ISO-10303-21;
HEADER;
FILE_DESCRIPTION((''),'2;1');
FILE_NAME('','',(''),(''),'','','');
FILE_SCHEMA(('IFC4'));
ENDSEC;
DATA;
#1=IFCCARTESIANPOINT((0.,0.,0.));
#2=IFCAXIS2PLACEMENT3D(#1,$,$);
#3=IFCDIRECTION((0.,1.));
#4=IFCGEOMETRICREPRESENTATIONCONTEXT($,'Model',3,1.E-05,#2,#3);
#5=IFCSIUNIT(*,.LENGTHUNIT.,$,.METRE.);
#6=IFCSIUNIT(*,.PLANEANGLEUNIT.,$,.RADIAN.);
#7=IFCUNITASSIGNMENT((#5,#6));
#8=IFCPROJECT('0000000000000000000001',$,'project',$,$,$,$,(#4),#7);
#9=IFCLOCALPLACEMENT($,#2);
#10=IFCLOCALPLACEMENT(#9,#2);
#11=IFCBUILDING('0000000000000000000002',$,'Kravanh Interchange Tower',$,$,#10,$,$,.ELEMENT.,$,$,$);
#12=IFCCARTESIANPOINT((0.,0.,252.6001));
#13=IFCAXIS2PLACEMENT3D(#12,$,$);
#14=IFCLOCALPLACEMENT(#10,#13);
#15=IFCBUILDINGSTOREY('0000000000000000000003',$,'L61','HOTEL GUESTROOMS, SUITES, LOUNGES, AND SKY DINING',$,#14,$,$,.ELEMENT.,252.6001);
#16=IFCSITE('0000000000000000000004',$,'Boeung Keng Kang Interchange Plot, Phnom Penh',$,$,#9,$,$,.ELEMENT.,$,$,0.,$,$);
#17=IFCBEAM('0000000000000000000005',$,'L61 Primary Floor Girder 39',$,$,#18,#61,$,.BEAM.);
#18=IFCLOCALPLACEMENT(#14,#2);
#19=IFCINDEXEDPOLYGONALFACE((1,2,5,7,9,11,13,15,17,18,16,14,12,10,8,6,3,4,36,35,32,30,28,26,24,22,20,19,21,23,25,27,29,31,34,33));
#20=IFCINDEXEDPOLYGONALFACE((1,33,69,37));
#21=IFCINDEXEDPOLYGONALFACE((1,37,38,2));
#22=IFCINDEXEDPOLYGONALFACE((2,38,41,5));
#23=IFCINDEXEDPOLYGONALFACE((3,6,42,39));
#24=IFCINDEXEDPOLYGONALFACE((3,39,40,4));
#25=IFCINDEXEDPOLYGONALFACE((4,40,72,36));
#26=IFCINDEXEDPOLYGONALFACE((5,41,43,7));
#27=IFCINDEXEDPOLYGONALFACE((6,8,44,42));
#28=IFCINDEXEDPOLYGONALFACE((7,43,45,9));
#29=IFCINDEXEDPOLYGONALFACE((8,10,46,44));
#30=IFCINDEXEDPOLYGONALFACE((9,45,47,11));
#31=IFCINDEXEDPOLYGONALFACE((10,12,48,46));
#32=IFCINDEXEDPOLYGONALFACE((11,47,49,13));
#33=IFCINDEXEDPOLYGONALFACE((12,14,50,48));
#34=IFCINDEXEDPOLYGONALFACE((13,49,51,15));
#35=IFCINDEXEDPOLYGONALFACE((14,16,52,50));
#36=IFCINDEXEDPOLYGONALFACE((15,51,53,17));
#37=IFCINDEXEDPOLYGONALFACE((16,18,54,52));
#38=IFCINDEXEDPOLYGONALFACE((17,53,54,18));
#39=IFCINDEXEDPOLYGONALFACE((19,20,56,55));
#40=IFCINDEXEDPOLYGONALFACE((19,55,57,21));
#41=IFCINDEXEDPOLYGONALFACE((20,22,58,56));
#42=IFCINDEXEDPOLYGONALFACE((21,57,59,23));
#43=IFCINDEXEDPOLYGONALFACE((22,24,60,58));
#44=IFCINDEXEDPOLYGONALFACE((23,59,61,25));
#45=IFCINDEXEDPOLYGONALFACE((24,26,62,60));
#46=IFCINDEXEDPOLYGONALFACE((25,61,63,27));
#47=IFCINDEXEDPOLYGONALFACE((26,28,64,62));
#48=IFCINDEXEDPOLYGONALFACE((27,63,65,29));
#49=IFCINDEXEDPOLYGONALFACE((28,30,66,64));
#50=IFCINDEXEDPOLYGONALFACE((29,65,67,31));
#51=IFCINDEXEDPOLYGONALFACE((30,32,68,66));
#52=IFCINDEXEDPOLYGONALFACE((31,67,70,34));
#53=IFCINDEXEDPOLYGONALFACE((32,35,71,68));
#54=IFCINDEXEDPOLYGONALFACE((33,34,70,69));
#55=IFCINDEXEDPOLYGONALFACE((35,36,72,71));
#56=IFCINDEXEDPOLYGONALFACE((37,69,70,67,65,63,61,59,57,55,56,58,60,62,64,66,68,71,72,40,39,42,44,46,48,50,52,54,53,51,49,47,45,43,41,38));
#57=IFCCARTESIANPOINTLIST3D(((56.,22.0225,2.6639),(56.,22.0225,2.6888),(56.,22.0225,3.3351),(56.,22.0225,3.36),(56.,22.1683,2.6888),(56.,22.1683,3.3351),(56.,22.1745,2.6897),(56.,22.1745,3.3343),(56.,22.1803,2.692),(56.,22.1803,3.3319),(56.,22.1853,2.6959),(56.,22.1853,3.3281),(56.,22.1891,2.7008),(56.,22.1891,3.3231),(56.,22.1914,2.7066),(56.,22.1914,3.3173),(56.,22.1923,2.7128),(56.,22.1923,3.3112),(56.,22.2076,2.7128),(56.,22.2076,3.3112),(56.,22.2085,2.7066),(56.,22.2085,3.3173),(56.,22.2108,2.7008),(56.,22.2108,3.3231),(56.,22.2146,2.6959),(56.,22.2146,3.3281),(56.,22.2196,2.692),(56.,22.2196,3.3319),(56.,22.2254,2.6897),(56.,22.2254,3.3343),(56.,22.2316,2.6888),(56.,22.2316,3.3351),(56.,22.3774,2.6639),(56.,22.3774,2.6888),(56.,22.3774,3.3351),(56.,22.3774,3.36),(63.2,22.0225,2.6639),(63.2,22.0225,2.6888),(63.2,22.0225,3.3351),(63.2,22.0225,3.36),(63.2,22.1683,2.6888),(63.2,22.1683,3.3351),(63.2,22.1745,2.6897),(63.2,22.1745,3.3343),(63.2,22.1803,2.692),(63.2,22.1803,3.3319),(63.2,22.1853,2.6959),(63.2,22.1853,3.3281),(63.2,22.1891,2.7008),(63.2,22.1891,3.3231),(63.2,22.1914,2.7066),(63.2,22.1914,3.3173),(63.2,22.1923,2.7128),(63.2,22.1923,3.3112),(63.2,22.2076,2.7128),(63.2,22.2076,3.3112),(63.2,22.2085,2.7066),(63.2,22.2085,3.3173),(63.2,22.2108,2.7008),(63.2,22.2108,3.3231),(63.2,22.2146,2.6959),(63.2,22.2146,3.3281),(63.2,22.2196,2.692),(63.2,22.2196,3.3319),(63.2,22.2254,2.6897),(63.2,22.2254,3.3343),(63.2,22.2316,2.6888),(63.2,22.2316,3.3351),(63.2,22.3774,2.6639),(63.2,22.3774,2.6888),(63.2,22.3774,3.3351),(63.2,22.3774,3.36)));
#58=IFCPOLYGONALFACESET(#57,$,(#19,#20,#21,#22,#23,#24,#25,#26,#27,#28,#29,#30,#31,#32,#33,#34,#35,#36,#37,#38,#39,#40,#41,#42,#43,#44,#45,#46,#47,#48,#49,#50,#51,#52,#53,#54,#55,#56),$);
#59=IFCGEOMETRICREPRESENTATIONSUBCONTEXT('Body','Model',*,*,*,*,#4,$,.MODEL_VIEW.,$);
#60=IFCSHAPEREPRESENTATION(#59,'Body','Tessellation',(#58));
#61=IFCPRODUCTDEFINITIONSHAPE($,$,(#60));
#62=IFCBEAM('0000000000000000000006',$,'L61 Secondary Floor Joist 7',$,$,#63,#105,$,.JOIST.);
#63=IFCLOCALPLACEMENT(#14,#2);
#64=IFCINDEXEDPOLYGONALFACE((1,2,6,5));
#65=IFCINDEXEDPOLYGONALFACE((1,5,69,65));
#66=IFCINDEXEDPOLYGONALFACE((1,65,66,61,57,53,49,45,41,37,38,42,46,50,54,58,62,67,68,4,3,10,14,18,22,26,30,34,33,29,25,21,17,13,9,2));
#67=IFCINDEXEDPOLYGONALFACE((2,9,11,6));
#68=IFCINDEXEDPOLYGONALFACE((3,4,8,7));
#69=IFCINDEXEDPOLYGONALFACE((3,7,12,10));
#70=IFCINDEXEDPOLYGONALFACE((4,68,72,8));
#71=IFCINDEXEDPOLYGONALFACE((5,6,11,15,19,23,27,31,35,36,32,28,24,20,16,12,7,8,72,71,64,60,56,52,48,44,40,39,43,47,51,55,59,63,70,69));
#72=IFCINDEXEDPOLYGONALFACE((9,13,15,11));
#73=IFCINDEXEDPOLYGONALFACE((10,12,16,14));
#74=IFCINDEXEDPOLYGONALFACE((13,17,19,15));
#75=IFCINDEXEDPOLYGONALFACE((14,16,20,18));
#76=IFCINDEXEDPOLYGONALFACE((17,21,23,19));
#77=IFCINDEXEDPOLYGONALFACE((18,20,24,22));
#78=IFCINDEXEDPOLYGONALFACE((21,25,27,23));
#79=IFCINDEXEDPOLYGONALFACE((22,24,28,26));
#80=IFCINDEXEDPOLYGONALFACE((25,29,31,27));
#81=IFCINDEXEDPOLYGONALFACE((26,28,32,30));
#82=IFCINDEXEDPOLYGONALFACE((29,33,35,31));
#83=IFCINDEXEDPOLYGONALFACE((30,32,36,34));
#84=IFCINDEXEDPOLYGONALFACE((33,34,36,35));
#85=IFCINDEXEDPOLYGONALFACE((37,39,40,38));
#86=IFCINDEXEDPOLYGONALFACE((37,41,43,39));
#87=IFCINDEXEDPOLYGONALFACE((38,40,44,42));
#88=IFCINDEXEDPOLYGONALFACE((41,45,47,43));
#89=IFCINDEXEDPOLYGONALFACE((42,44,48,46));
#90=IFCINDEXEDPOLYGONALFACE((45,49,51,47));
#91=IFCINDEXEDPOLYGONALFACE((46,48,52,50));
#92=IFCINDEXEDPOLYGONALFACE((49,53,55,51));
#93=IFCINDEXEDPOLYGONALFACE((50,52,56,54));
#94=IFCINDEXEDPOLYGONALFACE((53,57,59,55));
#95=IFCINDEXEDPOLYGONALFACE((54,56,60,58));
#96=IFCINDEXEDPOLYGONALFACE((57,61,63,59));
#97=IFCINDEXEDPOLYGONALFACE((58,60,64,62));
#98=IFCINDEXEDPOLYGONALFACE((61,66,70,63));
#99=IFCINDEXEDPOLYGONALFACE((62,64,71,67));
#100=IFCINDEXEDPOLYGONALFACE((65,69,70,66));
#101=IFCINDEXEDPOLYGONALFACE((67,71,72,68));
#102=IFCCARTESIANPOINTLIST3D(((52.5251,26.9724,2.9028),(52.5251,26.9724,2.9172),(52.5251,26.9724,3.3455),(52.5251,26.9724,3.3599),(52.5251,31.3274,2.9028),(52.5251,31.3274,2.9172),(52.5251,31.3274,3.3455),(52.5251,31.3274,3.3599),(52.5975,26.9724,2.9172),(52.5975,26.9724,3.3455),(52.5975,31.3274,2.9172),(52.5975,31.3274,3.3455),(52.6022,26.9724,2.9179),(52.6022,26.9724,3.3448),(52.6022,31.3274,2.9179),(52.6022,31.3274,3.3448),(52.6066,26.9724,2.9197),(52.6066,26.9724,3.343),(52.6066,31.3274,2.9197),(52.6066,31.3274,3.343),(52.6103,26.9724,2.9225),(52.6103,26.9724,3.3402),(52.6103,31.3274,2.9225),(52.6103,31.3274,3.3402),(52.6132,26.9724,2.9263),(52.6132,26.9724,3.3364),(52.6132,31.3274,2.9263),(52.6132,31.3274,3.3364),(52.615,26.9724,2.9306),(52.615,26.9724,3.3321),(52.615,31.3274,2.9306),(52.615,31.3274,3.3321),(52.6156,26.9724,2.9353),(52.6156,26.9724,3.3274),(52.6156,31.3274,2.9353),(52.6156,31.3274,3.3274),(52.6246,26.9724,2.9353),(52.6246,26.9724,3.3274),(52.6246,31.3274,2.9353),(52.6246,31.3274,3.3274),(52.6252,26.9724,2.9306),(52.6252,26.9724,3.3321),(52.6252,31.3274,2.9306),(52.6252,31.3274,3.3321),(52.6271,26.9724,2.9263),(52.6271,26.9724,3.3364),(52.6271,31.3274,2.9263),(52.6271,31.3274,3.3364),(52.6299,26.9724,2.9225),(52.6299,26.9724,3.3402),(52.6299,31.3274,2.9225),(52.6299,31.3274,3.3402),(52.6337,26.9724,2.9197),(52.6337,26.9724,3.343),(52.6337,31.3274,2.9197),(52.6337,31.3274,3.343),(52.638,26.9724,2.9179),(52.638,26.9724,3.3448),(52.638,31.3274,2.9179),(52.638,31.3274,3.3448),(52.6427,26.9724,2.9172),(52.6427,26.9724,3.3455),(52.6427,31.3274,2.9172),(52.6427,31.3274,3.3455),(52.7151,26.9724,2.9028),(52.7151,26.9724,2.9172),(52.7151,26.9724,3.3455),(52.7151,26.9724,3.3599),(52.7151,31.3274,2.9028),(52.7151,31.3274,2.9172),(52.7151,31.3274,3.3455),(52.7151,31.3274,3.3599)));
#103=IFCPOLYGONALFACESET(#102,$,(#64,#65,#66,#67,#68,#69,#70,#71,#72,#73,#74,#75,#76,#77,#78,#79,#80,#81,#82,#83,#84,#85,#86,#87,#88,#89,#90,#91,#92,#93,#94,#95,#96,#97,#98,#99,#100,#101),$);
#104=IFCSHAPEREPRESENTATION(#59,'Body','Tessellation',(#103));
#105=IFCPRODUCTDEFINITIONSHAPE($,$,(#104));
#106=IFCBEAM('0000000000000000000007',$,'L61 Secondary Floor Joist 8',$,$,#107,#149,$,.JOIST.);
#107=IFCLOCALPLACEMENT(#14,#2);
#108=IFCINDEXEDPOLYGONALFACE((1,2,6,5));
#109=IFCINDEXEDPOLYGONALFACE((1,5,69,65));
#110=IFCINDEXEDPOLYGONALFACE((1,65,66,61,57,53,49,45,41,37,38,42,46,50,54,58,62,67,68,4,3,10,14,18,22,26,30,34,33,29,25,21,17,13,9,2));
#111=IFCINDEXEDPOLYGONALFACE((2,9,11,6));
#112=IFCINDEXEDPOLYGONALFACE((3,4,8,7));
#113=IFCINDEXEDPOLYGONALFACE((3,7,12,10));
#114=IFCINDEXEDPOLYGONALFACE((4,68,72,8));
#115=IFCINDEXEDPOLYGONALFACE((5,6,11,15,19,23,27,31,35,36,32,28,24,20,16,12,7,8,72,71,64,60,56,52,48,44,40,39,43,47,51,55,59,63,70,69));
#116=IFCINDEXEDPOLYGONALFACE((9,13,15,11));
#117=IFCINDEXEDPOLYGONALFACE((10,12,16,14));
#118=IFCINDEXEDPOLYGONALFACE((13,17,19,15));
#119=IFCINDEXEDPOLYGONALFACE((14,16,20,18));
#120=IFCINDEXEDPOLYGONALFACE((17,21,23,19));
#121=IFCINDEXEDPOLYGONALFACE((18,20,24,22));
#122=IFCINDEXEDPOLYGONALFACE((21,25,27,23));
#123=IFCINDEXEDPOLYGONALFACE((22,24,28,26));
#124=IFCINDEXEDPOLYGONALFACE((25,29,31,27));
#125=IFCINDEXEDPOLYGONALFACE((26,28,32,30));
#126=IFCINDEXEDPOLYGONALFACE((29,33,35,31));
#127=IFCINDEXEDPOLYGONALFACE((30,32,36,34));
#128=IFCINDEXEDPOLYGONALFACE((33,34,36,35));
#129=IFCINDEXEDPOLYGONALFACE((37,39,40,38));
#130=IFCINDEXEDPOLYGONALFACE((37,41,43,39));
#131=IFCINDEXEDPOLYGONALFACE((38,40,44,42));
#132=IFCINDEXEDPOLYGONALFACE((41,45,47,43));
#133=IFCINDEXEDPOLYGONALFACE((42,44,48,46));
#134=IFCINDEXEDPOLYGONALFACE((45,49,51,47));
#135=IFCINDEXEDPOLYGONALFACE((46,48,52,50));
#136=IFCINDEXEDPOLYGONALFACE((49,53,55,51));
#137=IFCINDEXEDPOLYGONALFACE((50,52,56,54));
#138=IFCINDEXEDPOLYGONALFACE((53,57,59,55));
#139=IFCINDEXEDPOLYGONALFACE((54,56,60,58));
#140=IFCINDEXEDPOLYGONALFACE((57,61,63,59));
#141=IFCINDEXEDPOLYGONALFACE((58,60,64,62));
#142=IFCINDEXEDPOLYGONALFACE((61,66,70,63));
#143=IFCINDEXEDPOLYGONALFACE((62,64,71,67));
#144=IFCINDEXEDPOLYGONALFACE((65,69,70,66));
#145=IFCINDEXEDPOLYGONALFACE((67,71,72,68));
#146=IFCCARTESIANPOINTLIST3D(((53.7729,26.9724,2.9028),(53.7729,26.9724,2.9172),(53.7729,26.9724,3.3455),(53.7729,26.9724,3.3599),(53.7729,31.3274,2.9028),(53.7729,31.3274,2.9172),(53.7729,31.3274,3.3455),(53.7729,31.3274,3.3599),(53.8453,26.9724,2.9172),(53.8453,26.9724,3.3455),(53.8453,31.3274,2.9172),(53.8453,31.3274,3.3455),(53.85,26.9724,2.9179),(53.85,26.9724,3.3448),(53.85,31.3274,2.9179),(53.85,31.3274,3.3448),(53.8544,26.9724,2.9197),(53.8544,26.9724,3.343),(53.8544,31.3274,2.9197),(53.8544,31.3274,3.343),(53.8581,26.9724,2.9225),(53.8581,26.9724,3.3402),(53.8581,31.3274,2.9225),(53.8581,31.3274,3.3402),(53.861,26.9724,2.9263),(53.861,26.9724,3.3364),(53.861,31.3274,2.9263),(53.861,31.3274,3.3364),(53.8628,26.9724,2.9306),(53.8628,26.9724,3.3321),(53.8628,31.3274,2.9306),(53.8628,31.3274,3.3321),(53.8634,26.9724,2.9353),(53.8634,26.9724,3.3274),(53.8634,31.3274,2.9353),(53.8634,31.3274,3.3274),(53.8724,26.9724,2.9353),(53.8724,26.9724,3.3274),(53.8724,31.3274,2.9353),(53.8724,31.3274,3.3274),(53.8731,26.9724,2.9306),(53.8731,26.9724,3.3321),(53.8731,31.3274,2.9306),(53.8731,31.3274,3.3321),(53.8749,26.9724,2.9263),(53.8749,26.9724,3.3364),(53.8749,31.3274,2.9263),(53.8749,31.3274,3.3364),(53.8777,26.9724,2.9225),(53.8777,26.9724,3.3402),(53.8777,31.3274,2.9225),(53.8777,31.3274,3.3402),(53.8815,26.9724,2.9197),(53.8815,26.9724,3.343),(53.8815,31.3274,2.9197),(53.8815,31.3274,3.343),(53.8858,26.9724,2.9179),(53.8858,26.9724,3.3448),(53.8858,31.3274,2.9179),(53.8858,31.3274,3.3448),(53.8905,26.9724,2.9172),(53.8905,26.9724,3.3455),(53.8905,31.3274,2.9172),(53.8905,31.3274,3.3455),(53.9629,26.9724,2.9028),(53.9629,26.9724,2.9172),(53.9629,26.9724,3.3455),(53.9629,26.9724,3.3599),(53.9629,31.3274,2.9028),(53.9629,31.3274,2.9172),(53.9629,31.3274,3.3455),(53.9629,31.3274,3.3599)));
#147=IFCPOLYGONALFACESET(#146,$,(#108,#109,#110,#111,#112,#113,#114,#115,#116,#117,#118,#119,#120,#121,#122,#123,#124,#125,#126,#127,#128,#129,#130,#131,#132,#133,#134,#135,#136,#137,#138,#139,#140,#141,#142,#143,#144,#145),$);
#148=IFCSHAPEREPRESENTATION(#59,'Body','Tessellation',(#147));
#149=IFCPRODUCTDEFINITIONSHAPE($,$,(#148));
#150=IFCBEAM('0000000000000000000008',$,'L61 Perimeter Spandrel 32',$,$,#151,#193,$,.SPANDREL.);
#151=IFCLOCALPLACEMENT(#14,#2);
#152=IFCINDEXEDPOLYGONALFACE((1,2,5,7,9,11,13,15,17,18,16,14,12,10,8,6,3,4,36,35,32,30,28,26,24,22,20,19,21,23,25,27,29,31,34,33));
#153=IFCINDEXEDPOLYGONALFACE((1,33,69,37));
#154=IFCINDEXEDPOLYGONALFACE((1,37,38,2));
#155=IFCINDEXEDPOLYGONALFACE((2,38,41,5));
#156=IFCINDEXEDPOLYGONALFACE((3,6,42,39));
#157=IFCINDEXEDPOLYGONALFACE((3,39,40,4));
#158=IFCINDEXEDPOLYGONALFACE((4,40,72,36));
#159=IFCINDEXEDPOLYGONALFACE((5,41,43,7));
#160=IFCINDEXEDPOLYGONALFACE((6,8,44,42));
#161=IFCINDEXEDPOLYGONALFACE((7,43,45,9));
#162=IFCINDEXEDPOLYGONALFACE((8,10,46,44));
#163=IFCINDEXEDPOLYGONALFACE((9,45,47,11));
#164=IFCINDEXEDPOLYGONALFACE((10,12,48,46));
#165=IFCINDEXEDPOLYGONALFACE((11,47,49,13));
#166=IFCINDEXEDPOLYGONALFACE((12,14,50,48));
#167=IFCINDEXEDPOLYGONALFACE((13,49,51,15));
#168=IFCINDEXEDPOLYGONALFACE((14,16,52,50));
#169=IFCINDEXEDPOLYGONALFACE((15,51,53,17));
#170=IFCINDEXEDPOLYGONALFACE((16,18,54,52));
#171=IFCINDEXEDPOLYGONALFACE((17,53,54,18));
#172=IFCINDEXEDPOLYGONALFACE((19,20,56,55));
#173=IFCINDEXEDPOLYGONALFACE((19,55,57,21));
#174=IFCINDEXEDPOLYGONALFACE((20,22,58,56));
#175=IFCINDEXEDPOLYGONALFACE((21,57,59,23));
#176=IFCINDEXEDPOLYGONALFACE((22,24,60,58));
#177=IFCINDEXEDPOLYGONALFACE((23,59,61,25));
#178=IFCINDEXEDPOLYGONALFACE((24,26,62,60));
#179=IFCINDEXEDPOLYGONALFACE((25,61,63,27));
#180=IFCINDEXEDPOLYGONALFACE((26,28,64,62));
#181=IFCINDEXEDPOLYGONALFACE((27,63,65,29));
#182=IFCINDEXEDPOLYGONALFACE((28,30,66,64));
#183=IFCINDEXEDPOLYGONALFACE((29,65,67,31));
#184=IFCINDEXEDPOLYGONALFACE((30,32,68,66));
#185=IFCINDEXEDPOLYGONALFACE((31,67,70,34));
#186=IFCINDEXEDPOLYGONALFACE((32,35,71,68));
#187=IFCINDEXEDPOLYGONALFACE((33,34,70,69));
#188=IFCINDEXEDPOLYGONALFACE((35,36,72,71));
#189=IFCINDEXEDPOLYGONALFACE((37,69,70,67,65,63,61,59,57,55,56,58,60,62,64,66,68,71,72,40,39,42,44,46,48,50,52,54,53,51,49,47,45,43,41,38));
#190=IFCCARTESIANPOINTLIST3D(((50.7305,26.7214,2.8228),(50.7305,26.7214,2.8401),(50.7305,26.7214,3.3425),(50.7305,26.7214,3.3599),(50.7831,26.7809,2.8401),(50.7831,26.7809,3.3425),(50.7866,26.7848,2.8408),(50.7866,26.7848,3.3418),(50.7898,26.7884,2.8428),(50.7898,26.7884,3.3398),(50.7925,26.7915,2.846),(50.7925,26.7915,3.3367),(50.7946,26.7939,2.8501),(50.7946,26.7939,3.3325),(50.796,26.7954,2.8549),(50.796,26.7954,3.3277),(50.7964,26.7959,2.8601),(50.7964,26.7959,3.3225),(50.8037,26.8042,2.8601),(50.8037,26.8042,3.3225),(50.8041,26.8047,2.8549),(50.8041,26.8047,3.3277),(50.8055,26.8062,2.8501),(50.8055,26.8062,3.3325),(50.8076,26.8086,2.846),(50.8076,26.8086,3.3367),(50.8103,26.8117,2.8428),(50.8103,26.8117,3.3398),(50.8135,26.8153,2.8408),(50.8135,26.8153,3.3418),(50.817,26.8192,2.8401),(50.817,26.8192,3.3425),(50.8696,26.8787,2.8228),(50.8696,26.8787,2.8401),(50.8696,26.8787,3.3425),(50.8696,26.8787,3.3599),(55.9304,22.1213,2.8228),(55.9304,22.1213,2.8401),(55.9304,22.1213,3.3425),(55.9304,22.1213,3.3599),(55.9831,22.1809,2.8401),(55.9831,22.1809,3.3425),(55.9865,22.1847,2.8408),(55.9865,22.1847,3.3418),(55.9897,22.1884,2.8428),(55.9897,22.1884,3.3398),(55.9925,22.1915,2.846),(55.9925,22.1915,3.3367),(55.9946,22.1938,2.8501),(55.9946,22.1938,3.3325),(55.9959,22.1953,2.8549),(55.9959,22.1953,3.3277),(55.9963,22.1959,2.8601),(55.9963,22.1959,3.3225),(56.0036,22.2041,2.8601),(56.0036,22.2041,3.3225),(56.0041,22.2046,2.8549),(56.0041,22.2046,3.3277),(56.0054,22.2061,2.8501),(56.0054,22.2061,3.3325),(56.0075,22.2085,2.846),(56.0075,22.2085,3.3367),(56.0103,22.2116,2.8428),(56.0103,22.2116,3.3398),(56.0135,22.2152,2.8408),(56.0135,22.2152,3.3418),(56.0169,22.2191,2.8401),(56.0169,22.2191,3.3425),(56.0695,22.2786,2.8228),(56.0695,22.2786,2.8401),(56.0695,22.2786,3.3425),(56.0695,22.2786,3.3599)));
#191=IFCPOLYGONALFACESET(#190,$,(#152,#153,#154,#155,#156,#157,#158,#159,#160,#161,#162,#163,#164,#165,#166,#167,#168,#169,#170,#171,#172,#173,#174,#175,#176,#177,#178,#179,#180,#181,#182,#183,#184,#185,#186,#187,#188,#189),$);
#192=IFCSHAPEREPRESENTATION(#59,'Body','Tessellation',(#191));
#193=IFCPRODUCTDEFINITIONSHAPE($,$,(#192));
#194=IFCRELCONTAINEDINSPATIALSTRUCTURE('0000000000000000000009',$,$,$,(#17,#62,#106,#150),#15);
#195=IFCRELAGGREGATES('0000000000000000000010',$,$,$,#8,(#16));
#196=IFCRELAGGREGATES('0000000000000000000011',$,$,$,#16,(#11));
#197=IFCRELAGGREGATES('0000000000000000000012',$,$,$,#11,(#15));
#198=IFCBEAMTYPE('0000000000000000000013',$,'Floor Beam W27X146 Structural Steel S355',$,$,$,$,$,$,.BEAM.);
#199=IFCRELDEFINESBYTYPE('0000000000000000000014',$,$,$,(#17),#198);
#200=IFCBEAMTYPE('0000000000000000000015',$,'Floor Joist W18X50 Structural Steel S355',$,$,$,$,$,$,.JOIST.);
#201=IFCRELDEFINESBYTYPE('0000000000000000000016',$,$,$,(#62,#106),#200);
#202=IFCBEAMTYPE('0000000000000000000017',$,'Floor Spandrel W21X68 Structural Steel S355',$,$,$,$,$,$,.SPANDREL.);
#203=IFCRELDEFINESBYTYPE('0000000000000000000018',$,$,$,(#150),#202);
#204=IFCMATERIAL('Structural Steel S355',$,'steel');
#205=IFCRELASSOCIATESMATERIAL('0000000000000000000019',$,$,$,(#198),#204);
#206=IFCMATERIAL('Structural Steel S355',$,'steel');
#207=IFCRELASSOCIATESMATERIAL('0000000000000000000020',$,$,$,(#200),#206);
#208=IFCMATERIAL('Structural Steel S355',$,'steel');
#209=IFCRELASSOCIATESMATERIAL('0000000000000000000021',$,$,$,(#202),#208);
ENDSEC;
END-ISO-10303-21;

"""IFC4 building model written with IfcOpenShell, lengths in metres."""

from ifc_helpers import new_model, si_unit, direction, frame, origin, origin_2d, place, context, subcontext, project, spatial, i_section, extrude, material, material_profile, profile_set, type_object, element, save


model = new_model("IFC4")

# Units and contexts
model_context = context("Model", 3, precision=1e-05, world=origin(), true_north=direction((0.0, 1.0)))
body_context = subcontext(model_context, "Body", "Model", "MODEL_VIEW")
ifc_project = project(units=[si_unit("LENGTHUNIT", "METRE"), si_unit("PLANEANGLEUNIT", "RADIAN")], contexts=[model_context])

# Site, building, storey
site_placement = place(None, origin())
site = spatial("IfcSite", under=ifc_project, at=site_placement, Name="Boeung Keng Kang Interchange Plot, Phnom Penh", CompositionType="ELEMENT", RefElevation=0.0)
building_placement = place(site_placement, origin())
building = spatial("IfcBuilding", under=site, at=building_placement, Name="Kravanh Interchange Tower", CompositionType="ELEMENT")
storey_placement = place(building_placement, frame((0.0, 0.0, 252.6001)))
storey = spatial("IfcBuildingStorey", under=building, at=storey_placement, Name="L61", Description="HOTEL GUESTROOMS, SUITES, LOUNGES, AND SKY DINING", CompositionType="ELEMENT", Elevation=252.6001)

# Beams
ifc_material_1 = material(Name="Structural Steel S355", Category="steel")
ifc_material_profile_1 = material_profile(ifc_material_1, i_section(OverallWidth=0.355, OverallDepth=0.696, WebThickness=0.0154, FlangeThickness=0.0249, FilletRadius=0.0239, at=origin_2d()), Name="W27X146")
ifc_profile_set_1 = profile_set([ifc_material_profile_1], Name="Structural Steel S355")
beam_type_1 = type_object("IfcBeamType", Name="Floor Beam W27X146 Structural Steel S355", PredefinedType="BEAM", material=ifc_profile_set_1)
beam_1_placement = place(storey_placement, frame((56.0, 22.2, 3.012), z_axis=(1.0, 0.0, 0.0), x_axis=(0.0, 1.0, 0.0)))
element("IfcBeam", 1, at=beam_1_placement, inside=storey, type_object=beam_type_1, Name="L61 Primary Floor Girder 39", PredefinedType="BEAM", context=body_context, shape_type="SweptSolid", body=[
    extrude(i_section(OverallWidth=0.355, OverallDepth=0.696, WebThickness=0.0154, FlangeThickness=0.0249, FilletRadius=0.0239, at=origin_2d()), origin(), (0.0, 0.0, 1.0), 7.2),
])
ifc_material_2 = material(Name="Structural Steel S355", Category="steel")
ifc_material_profile_2 = material_profile(ifc_material_2, i_section(OverallWidth=0.1899, OverallDepth=0.457, WebThickness=0.009, FlangeThickness=0.0144, FilletRadius=0.0181, at=origin_2d()), Name="W18X50")
ifc_profile_set_2 = profile_set([ifc_material_profile_2], Name="Structural Steel S355")
beam_type_2 = type_object("IfcBeamType", Name="Floor Joist W18X50 Structural Steel S355", PredefinedType="JOIST", material=ifc_profile_set_2)
for number, where, z_axis, x_axis, name in (
    (2, (52.6201, 26.9724, 3.1313), (0.0, 1.0, 0.0), (-1.0, 0.0, 0.0), "L61 Secondary Floor Joist 7"),
    (3, (53.8679, 26.9724, 3.1313), (0.0, 1.0, 0.0), (-1.0, 0.0, 0.0), "L61 Secondary Floor Joist 8"),
):
    element("IfcBeam", number, at=place(storey_placement, frame(where, z_axis=z_axis, x_axis=x_axis)), inside=storey, type_object=beam_type_2, Name=name, PredefinedType="JOIST", context=body_context, shape_type="SweptSolid", body=[
        extrude(i_section(OverallWidth=0.1899, OverallDepth=0.457, WebThickness=0.009, FlangeThickness=0.0144, FilletRadius=0.0181, at=origin_2d()), origin(), (0.0, 0.0, 1.0), 4.355),
    ])
ifc_material_3 = material(Name="Structural Steel S355", Category="steel")
ifc_material_profile_3 = material_profile(ifc_material_3, i_section(OverallWidth=0.21, OverallDepth=0.5371, WebThickness=0.011, FlangeThickness=0.0173, FilletRadius=0.02, at=origin_2d()), Name="W21X68")
ifc_profile_set_3 = profile_set([ifc_material_profile_3], Name="Structural Steel S355")
beam_type_3 = type_object("IfcBeamType", Name="Floor Spandrel W21X68 Structural Steel S355", PredefinedType="SPANDREL", material=ifc_profile_set_3)
beam_2_placement = place(storey_placement, frame((50.8, 26.8, 3.0913), z_axis=(0.748986, -0.662585, 0.0), x_axis=(0.662585, 0.748986, 0.0)))
element("IfcBeam", 4, at=beam_2_placement, inside=storey, type_object=beam_type_3, Name="L61 Perimeter Spandrel 32", PredefinedType="SPANDREL", context=body_context, shape_type="SweptSolid", body=[
    extrude(i_section(OverallWidth=0.21, OverallDepth=0.5371, WebThickness=0.011, FlangeThickness=0.0173, FilletRadius=0.02, at=origin_2d()), origin(), (0.0, 0.0, 1.0), 6.9426),
])

save(model, "model.ifc")
